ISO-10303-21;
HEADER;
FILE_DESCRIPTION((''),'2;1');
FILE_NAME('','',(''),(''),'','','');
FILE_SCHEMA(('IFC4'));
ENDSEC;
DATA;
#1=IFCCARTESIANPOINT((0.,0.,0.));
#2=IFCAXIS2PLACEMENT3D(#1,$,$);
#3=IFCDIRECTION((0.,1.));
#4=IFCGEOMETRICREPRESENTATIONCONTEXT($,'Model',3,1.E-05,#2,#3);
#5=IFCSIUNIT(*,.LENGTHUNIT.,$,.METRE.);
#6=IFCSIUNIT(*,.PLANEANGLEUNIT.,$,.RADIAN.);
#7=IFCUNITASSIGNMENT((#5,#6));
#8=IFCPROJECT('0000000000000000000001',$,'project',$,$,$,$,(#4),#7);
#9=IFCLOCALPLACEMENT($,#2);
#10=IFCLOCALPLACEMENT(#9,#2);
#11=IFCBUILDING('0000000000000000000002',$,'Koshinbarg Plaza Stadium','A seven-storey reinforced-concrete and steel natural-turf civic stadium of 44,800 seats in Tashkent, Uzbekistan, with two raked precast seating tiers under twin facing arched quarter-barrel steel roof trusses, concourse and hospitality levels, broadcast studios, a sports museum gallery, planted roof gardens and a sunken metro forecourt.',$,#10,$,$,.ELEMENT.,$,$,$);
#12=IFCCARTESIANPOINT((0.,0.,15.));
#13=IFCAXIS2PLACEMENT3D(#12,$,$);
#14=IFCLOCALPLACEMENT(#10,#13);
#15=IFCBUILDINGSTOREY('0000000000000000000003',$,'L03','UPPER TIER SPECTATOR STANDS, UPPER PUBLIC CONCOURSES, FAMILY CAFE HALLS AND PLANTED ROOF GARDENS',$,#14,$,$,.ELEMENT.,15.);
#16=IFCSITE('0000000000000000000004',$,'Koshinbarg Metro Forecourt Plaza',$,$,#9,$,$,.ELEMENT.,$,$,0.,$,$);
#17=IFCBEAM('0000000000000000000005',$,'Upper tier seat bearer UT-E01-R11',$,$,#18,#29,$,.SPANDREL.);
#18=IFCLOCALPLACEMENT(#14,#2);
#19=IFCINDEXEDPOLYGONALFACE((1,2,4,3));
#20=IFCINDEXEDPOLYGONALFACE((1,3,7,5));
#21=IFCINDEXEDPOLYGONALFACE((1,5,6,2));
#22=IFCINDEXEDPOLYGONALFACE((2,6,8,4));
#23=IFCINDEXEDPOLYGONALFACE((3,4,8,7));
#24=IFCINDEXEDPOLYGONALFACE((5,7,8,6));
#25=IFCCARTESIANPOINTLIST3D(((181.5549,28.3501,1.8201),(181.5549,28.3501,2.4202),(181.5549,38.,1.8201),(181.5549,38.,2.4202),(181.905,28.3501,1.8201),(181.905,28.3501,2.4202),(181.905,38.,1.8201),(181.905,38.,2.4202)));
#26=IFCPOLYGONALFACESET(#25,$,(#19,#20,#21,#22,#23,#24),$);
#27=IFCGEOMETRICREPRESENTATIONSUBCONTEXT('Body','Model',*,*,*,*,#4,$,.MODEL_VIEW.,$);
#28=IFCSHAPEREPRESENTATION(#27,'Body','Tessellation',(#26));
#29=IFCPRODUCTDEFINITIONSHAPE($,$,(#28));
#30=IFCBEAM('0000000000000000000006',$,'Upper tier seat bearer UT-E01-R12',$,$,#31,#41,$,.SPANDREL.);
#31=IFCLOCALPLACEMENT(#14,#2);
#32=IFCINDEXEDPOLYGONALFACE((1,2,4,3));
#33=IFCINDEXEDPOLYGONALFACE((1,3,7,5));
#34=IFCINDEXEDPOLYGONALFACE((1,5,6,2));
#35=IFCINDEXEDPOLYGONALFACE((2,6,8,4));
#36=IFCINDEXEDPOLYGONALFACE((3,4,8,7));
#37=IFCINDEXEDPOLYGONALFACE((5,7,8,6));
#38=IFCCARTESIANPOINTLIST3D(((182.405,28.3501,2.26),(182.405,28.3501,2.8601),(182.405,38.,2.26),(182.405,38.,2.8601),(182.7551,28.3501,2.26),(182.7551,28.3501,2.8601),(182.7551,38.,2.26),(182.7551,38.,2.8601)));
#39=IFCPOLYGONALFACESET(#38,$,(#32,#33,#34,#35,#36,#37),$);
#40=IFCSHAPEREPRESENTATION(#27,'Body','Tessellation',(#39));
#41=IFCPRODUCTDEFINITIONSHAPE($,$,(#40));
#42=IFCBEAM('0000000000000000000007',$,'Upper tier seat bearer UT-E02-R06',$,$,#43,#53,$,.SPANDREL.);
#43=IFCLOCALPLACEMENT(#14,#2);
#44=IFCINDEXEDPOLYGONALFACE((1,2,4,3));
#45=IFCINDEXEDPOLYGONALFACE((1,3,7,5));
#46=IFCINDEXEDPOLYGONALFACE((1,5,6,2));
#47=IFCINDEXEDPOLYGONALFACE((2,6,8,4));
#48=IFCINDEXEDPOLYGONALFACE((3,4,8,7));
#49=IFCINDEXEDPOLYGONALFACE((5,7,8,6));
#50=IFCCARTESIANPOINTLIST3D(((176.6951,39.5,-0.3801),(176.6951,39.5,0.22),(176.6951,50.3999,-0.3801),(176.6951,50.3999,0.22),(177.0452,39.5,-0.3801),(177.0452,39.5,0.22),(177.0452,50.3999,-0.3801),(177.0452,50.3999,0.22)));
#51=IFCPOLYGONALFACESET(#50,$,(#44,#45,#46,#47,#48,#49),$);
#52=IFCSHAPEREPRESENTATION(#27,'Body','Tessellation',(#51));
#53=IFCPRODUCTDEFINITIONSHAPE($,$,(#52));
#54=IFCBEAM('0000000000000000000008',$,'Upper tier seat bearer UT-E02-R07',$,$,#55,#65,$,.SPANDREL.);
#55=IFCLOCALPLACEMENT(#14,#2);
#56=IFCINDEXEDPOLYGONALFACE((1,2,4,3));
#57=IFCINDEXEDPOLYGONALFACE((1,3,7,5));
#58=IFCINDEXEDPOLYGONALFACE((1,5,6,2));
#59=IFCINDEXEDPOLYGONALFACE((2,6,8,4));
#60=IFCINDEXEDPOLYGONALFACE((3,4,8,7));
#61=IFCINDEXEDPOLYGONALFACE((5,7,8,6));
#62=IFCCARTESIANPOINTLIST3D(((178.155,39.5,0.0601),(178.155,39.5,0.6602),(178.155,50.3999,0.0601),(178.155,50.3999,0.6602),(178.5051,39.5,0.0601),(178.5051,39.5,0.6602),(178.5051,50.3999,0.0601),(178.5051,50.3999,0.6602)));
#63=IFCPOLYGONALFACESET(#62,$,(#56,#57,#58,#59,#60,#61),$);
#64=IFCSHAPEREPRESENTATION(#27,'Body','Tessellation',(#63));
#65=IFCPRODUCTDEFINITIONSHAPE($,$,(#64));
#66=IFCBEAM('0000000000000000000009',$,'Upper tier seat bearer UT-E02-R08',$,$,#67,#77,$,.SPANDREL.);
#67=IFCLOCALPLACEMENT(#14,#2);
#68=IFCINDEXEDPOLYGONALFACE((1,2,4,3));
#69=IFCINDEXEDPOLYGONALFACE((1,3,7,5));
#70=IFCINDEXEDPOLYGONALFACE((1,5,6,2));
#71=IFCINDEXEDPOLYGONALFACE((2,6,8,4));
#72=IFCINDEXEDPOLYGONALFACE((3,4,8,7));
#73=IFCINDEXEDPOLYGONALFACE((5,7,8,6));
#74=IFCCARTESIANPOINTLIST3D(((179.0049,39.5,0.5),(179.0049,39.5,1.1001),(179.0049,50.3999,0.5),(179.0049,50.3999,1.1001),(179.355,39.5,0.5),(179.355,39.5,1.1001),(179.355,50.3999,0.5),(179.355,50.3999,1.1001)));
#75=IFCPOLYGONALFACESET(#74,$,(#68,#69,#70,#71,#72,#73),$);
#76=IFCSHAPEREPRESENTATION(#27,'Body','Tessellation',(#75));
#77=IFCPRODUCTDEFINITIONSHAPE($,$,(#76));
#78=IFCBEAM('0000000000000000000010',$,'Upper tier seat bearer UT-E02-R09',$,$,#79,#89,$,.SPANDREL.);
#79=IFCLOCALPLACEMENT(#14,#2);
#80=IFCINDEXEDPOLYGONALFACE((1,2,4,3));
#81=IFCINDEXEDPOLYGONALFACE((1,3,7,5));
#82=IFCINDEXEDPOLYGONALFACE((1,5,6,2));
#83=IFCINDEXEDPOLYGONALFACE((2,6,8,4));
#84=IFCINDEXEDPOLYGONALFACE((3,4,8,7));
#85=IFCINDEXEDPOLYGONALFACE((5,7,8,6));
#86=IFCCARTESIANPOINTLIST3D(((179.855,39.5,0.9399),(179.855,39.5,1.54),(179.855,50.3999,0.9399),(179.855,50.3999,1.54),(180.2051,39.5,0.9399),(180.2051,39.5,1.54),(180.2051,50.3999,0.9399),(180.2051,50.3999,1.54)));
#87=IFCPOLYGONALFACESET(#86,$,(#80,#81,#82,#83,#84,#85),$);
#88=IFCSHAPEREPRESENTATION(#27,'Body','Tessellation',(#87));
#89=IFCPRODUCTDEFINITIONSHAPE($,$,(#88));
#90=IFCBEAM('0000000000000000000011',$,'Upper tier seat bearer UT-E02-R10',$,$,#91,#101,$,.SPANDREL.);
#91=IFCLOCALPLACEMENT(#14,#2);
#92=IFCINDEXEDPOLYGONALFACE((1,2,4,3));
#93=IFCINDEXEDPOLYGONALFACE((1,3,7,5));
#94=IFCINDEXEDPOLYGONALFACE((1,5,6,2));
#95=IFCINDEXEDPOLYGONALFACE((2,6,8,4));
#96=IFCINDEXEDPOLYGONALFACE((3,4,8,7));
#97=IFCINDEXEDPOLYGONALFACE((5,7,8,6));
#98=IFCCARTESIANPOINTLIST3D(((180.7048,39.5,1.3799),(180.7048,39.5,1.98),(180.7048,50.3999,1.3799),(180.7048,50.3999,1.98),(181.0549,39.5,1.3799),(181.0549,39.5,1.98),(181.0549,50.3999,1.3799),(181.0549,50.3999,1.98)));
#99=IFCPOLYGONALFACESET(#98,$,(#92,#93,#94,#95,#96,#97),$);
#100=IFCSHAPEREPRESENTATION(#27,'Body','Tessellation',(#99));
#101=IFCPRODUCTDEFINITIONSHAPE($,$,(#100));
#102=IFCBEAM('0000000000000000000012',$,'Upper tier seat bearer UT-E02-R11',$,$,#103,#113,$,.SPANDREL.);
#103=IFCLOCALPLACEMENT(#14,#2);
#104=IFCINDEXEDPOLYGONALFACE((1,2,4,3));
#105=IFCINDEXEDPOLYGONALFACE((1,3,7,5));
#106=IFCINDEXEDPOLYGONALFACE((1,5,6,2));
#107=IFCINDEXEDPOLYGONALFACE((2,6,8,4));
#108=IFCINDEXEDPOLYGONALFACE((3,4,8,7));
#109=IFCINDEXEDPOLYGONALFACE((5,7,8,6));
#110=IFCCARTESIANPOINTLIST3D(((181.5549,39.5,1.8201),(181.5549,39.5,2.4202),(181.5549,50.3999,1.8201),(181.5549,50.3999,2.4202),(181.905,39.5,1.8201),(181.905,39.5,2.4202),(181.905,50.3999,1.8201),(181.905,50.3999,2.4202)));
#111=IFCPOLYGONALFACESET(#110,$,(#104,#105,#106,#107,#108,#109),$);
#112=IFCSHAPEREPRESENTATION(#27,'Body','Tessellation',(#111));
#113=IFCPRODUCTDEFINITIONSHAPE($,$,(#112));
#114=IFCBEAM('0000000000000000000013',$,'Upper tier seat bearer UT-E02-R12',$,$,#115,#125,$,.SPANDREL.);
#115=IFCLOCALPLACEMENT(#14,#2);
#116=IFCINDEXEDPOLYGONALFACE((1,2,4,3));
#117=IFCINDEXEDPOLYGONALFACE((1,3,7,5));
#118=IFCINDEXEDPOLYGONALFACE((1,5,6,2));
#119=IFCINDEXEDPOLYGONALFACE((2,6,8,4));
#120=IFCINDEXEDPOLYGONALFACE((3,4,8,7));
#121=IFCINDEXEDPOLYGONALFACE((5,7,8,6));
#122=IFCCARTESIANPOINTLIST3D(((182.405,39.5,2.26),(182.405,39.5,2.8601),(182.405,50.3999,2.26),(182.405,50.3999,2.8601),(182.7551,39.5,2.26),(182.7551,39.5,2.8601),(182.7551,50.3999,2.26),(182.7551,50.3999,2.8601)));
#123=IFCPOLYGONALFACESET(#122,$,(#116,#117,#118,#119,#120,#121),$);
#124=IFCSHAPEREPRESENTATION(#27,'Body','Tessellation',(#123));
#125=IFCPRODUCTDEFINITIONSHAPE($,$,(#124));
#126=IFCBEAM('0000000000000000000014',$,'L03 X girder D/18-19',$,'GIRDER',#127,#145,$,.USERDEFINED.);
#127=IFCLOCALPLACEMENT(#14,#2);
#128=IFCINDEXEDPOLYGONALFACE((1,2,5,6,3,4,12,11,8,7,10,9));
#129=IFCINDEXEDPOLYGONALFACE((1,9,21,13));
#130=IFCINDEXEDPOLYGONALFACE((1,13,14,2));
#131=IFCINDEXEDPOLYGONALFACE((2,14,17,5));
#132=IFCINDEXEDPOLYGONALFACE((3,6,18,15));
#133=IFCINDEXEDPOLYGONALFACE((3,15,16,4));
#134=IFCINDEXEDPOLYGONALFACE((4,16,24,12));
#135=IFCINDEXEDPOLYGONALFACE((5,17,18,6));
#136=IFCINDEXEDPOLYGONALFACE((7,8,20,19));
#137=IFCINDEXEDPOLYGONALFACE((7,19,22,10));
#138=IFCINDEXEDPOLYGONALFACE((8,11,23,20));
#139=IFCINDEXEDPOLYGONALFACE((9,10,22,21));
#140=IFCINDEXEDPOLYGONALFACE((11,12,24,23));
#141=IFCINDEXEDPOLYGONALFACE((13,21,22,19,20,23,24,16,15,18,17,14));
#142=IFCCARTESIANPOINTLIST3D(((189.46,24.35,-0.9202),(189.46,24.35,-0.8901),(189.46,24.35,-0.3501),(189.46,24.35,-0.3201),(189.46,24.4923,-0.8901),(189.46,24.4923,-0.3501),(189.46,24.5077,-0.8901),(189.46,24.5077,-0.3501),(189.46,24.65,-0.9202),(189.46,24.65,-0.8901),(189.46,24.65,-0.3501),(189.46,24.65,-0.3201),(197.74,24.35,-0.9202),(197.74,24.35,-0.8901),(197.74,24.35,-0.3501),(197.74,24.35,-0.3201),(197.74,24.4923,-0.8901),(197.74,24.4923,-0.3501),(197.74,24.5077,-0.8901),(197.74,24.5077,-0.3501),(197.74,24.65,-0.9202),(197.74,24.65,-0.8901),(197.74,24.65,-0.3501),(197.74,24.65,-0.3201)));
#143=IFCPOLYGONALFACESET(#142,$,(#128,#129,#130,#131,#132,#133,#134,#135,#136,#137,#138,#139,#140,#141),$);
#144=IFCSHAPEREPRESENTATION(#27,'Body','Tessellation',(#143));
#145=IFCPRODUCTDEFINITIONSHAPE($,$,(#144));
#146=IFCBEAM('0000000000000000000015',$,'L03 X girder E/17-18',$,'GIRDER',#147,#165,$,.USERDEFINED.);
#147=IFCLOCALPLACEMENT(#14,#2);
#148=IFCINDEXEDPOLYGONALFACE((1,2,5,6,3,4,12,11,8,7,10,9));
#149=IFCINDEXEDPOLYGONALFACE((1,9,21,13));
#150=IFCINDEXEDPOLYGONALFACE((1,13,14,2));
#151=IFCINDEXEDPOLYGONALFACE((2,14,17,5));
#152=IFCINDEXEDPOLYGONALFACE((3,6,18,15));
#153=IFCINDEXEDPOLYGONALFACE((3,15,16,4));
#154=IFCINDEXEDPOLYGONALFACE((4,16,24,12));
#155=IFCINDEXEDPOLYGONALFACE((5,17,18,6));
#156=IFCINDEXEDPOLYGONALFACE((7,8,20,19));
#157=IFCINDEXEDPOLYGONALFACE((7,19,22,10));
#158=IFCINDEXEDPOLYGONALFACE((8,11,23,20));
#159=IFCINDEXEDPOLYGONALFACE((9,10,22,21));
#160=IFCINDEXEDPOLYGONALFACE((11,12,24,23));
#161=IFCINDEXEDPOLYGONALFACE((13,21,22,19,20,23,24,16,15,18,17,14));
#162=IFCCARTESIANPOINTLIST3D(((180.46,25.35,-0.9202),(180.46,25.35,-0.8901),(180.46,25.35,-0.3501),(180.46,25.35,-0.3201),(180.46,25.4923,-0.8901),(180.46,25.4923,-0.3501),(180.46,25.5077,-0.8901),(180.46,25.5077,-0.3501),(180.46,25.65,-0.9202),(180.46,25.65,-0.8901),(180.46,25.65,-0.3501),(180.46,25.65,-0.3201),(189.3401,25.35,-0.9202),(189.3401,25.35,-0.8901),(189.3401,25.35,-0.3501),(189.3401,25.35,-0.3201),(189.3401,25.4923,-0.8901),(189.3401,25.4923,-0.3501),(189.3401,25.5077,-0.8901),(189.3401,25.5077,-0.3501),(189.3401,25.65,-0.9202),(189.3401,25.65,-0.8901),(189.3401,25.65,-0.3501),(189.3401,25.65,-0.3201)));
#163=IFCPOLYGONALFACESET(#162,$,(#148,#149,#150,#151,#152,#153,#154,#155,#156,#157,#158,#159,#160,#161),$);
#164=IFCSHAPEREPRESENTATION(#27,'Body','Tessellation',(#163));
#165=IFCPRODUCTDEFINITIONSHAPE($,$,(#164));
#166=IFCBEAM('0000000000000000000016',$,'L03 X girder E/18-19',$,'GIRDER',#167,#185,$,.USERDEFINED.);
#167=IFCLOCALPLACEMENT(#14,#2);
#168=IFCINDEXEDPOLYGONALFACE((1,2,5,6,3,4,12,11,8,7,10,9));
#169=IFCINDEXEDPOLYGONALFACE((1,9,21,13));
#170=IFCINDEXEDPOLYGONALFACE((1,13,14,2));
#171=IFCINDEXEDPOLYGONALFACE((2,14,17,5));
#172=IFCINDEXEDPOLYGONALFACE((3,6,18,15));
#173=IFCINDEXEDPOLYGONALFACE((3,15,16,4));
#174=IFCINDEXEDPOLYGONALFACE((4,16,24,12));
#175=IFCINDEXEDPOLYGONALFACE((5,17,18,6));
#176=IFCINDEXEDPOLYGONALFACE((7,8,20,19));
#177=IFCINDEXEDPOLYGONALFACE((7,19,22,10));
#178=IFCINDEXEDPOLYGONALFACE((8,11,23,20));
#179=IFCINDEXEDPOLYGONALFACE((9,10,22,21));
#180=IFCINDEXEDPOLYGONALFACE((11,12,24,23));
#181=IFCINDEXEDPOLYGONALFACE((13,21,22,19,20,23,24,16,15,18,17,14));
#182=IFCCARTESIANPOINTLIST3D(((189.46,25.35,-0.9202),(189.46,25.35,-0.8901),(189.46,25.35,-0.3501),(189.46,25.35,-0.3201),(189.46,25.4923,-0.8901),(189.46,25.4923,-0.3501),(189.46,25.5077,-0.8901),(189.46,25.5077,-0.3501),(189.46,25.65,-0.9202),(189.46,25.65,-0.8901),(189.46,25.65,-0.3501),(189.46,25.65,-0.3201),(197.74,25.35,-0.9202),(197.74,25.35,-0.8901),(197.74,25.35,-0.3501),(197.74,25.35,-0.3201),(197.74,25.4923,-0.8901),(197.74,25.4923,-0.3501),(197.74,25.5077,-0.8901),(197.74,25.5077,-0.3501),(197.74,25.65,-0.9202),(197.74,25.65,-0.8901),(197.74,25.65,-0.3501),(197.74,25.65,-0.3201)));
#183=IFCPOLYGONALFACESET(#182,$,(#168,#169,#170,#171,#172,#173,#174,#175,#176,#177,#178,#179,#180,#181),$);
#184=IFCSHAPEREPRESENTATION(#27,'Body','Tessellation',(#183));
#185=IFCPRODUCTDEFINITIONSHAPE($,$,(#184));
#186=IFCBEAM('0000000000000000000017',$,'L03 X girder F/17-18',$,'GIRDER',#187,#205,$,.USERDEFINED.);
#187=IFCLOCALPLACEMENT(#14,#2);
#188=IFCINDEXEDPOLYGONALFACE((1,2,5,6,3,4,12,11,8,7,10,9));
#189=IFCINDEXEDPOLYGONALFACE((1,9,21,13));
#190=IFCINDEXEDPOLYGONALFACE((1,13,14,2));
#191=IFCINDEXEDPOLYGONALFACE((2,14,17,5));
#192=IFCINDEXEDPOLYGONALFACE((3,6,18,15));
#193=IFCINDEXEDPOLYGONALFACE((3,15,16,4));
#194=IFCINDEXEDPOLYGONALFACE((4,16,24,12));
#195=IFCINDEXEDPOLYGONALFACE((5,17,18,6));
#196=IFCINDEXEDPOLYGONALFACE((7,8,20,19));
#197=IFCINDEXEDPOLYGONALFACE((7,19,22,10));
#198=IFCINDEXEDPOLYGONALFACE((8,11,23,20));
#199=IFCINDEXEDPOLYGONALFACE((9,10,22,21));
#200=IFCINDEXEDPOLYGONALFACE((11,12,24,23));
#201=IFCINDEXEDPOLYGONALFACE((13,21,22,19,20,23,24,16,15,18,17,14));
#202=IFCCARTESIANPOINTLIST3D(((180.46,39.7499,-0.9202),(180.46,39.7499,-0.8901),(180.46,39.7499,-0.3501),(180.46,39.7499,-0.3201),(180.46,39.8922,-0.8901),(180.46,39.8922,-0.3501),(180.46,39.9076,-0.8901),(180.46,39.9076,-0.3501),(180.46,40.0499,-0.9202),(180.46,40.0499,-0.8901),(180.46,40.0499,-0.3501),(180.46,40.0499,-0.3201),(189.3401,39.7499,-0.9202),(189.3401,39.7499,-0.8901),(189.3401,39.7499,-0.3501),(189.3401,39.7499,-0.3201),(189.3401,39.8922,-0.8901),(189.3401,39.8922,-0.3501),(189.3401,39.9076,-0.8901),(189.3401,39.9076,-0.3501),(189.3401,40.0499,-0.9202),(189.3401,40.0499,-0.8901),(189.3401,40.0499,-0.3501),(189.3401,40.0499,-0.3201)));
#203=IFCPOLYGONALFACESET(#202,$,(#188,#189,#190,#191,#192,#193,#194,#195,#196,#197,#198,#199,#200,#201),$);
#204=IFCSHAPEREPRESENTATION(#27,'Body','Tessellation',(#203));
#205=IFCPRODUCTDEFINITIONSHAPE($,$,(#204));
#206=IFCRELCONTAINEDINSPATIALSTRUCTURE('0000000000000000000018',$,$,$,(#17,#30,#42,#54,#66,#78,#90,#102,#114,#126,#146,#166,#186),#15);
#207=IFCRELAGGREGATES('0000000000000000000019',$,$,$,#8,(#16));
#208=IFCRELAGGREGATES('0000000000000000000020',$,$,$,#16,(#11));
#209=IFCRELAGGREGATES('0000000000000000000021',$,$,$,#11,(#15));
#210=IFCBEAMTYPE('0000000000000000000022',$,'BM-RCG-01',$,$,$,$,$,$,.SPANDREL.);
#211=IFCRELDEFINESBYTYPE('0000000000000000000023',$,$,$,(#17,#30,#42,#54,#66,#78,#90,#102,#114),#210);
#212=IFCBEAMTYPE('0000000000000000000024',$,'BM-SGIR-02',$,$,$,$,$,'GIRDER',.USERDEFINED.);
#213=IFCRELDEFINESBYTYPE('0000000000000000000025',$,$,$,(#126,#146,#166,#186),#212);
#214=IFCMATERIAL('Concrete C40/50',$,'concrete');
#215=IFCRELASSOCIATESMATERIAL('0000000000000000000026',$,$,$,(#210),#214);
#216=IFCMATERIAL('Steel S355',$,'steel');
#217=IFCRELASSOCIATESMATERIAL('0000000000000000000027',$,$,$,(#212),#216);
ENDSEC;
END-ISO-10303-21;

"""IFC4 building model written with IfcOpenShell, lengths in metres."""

from ifc_helpers import new_model, si_unit, direction, frame, origin, origin_2d, place, context, subcontext, project, spatial, rectangle, i_section, extrude, material, material_profile, profile_set, type_object, element, save


model = new_model("IFC4")

# Units and contexts
model_context = context("Model", 3, precision=1e-05, world=origin(), true_north=direction((0.0, 1.0)))
body_context = subcontext(model_context, "Body", "Model", "MODEL_VIEW")
ifc_project = project(units=[si_unit("LENGTHUNIT", "METRE"), si_unit("PLANEANGLEUNIT", "RADIAN")], contexts=[model_context])

# Site, building, storey
site_placement = place(None, origin())
site = spatial("IfcSite", under=ifc_project, at=site_placement, Name="Koshinbarg Metro Forecourt Plaza", CompositionType="ELEMENT", RefElevation=0.0)
building_placement = place(site_placement, origin())
building = spatial("IfcBuilding", under=site, at=building_placement, Name="Koshinbarg Plaza Stadium", Description="A seven-storey reinforced-concrete and steel natural-turf civic stadium of 44,800 seats in Tashkent, Uzbekistan, with two raked precast seating tiers under twin facing arched quarter-barrel steel roof trusses, concourse and hospitality levels, broadcast studios, a sports museum gallery, planted roof gardens and a sunken metro forecourt.", CompositionType="ELEMENT")
storey_placement = place(building_placement, frame((0.0, 0.0, 15.0)))
storey = spatial("IfcBuildingStorey", under=building, at=storey_placement, Name="L03", Description="UPPER TIER SPECTATOR STANDS, UPPER PUBLIC CONCOURSES, FAMILY CAFE HALLS AND PLANTED ROOF GARDENS", CompositionType="ELEMENT", Elevation=15.0)

# Shared definitions
ifc_material_1 = material(Name="Concrete C40/50", Category="concrete")
ifc_material_2 = material(Name="Steel S355", Category="steel")

# Beams
ifc_material_profile_1 = material_profile(ifc_material_1, rectangle(XDim=0.3501, YDim=0.6001, at=origin_2d()), Name="RC 350x600")
ifc_profile_set_1 = profile_set([ifc_material_profile_1], Name="Concrete C40/50")
beam_type_1 = type_object("IfcBeamType", Name="BM-RCG-01", PredefinedType="SPANDREL", material=ifc_profile_set_1)
for number, where, z_axis, x_axis, name in (
    (1, (181.73, 28.3501, 2.1201), (0.0, 1.0, 0.0), (-1.0, 0.0, 0.0), "Upper tier seat bearer UT-E01-R11"),
    (2, (182.5801, 28.3501, 2.5601), (0.0, 1.0, 0.0), (-1.0, 0.0, 0.0), "Upper tier seat bearer UT-E01-R12"),
):
    element("IfcBeam", number, at=place(storey_placement, frame(where, z_axis=z_axis, x_axis=x_axis)), inside=storey, type_object=beam_type_1, Name=name, PredefinedType="SPANDREL", context=body_context, shape_type="SweptSolid", body=[
        extrude(rectangle(XDim=0.3501, YDim=0.6001, at=origin_2d()), origin(), (0.0, 0.0, 1.0), 9.6499),
    ])
for number, where, z_axis, x_axis, name in (
    (3, (176.8701, 39.5, -0.0801), (0.0, 1.0, 0.0), (-1.0, 0.0, 0.0), "Upper tier seat bearer UT-E02-R06"),
    (4, (178.3301, 39.5, 0.3601), (0.0, 1.0, 0.0), (-1.0, 0.0, 0.0), "Upper tier seat bearer UT-E02-R07"),
    (5, (179.1799, 39.5, 0.8), (0.0, 1.0, 0.0), (-1.0, 0.0, 0.0), "Upper tier seat bearer UT-E02-R08"),
    (6, (180.03, 39.5, 1.24), (0.0, 1.0, 0.0), (-1.0, 0.0, 0.0), "Upper tier seat bearer UT-E02-R09"),
    (7, (180.8799, 39.5, 1.6799), (0.0, 1.0, 0.0), (-1.0, 0.0, 0.0), "Upper tier seat bearer UT-E02-R10"),
    (8, (181.73, 39.5, 2.1201), (0.0, 1.0, 0.0), (-1.0, 0.0, 0.0), "Upper tier seat bearer UT-E02-R11"),
    (9, (182.5801, 39.5, 2.5601), (0.0, 1.0, 0.0), (-1.0, 0.0, 0.0), "Upper tier seat bearer UT-E02-R12"),
):
    element("IfcBeam", number, at=place(storey_placement, frame(where, z_axis=z_axis, x_axis=x_axis)), inside=storey, type_object=beam_type_1, Name=name, PredefinedType="SPANDREL", context=body_context, shape_type="SweptSolid", body=[
        extrude(rectangle(XDim=0.3501, YDim=0.6001, at=origin_2d()), origin(), (0.0, 0.0, 1.0), 10.8999),
    ])
ifc_material_profile_2 = material_profile(ifc_material_2, i_section(OverallWidth=0.3, OverallDepth=0.6001, WebThickness=0.0154, FlangeThickness=0.03, at=origin_2d()), Name="HEB 600")
ifc_profile_set_2 = profile_set([ifc_material_profile_2], Name="Steel S355")
beam_type_2 = type_object("IfcBeamType", Name="BM-SGIR-02", ElementType="GIRDER", PredefinedType="USERDEFINED", material=ifc_profile_set_2)
beam_1_placement = place(storey_placement, frame((189.46, 24.5, -0.6201), z_axis=(1.0, 0.0, 0.0), x_axis=(0.0, 1.0, 0.0)))
element("IfcBeam", 10, at=beam_1_placement, inside=storey, type_object=beam_type_2, Name="L03 X girder D/18-19", ObjectType="GIRDER", PredefinedType="USERDEFINED", context=body_context, shape_type="SweptSolid", body=[
    extrude(i_section(OverallWidth=0.3, OverallDepth=0.6001, WebThickness=0.0154, FlangeThickness=0.03, at=origin_2d()), origin(), (0.0, 0.0, 1.0), 8.28),
])
beam_2_placement = place(storey_placement, frame((180.46, 25.5, -0.6201), z_axis=(1.0, 0.0, 0.0), x_axis=(0.0, 1.0, 0.0)))
element("IfcBeam", 11, at=beam_2_placement, inside=storey, type_object=beam_type_2, Name="L03 X girder E/17-18", ObjectType="GIRDER", PredefinedType="USERDEFINED", context=body_context, shape_type="SweptSolid", body=[
    extrude(i_section(OverallWidth=0.3, OverallDepth=0.6001, WebThickness=0.0154, FlangeThickness=0.03, at=origin_2d()), origin(), (0.0, 0.0, 1.0), 8.8801),
])
beam_3_placement = place(storey_placement, frame((189.46, 25.5, -0.6201), z_axis=(1.0, 0.0, 0.0), x_axis=(0.0, 1.0, 0.0)))
element("IfcBeam", 12, at=beam_3_placement, inside=storey, type_object=beam_type_2, Name="L03 X girder E/18-19", ObjectType="GIRDER", PredefinedType="USERDEFINED", context=body_context, shape_type="SweptSolid", body=[
    extrude(i_section(OverallWidth=0.3, OverallDepth=0.6001, WebThickness=0.0154, FlangeThickness=0.03, at=origin_2d()), origin(), (0.0, 0.0, 1.0), 8.28),
])
beam_4_placement = place(storey_placement, frame((180.46, 39.8999, -0.6201), z_axis=(1.0, 0.0, 0.0), x_axis=(0.0, 1.0, 0.0)))
element("IfcBeam", 13, at=beam_4_placement, inside=storey, type_object=beam_type_2, Name="L03 X girder F/17-18", ObjectType="GIRDER", PredefinedType="USERDEFINED", context=body_context, shape_type="SweptSolid", body=[
    extrude(i_section(OverallWidth=0.3, OverallDepth=0.6001, WebThickness=0.0154, FlangeThickness=0.03, at=origin_2d()), origin(), (0.0, 0.0, 1.0), 8.8801),
])

save(model, "model.ifc")
